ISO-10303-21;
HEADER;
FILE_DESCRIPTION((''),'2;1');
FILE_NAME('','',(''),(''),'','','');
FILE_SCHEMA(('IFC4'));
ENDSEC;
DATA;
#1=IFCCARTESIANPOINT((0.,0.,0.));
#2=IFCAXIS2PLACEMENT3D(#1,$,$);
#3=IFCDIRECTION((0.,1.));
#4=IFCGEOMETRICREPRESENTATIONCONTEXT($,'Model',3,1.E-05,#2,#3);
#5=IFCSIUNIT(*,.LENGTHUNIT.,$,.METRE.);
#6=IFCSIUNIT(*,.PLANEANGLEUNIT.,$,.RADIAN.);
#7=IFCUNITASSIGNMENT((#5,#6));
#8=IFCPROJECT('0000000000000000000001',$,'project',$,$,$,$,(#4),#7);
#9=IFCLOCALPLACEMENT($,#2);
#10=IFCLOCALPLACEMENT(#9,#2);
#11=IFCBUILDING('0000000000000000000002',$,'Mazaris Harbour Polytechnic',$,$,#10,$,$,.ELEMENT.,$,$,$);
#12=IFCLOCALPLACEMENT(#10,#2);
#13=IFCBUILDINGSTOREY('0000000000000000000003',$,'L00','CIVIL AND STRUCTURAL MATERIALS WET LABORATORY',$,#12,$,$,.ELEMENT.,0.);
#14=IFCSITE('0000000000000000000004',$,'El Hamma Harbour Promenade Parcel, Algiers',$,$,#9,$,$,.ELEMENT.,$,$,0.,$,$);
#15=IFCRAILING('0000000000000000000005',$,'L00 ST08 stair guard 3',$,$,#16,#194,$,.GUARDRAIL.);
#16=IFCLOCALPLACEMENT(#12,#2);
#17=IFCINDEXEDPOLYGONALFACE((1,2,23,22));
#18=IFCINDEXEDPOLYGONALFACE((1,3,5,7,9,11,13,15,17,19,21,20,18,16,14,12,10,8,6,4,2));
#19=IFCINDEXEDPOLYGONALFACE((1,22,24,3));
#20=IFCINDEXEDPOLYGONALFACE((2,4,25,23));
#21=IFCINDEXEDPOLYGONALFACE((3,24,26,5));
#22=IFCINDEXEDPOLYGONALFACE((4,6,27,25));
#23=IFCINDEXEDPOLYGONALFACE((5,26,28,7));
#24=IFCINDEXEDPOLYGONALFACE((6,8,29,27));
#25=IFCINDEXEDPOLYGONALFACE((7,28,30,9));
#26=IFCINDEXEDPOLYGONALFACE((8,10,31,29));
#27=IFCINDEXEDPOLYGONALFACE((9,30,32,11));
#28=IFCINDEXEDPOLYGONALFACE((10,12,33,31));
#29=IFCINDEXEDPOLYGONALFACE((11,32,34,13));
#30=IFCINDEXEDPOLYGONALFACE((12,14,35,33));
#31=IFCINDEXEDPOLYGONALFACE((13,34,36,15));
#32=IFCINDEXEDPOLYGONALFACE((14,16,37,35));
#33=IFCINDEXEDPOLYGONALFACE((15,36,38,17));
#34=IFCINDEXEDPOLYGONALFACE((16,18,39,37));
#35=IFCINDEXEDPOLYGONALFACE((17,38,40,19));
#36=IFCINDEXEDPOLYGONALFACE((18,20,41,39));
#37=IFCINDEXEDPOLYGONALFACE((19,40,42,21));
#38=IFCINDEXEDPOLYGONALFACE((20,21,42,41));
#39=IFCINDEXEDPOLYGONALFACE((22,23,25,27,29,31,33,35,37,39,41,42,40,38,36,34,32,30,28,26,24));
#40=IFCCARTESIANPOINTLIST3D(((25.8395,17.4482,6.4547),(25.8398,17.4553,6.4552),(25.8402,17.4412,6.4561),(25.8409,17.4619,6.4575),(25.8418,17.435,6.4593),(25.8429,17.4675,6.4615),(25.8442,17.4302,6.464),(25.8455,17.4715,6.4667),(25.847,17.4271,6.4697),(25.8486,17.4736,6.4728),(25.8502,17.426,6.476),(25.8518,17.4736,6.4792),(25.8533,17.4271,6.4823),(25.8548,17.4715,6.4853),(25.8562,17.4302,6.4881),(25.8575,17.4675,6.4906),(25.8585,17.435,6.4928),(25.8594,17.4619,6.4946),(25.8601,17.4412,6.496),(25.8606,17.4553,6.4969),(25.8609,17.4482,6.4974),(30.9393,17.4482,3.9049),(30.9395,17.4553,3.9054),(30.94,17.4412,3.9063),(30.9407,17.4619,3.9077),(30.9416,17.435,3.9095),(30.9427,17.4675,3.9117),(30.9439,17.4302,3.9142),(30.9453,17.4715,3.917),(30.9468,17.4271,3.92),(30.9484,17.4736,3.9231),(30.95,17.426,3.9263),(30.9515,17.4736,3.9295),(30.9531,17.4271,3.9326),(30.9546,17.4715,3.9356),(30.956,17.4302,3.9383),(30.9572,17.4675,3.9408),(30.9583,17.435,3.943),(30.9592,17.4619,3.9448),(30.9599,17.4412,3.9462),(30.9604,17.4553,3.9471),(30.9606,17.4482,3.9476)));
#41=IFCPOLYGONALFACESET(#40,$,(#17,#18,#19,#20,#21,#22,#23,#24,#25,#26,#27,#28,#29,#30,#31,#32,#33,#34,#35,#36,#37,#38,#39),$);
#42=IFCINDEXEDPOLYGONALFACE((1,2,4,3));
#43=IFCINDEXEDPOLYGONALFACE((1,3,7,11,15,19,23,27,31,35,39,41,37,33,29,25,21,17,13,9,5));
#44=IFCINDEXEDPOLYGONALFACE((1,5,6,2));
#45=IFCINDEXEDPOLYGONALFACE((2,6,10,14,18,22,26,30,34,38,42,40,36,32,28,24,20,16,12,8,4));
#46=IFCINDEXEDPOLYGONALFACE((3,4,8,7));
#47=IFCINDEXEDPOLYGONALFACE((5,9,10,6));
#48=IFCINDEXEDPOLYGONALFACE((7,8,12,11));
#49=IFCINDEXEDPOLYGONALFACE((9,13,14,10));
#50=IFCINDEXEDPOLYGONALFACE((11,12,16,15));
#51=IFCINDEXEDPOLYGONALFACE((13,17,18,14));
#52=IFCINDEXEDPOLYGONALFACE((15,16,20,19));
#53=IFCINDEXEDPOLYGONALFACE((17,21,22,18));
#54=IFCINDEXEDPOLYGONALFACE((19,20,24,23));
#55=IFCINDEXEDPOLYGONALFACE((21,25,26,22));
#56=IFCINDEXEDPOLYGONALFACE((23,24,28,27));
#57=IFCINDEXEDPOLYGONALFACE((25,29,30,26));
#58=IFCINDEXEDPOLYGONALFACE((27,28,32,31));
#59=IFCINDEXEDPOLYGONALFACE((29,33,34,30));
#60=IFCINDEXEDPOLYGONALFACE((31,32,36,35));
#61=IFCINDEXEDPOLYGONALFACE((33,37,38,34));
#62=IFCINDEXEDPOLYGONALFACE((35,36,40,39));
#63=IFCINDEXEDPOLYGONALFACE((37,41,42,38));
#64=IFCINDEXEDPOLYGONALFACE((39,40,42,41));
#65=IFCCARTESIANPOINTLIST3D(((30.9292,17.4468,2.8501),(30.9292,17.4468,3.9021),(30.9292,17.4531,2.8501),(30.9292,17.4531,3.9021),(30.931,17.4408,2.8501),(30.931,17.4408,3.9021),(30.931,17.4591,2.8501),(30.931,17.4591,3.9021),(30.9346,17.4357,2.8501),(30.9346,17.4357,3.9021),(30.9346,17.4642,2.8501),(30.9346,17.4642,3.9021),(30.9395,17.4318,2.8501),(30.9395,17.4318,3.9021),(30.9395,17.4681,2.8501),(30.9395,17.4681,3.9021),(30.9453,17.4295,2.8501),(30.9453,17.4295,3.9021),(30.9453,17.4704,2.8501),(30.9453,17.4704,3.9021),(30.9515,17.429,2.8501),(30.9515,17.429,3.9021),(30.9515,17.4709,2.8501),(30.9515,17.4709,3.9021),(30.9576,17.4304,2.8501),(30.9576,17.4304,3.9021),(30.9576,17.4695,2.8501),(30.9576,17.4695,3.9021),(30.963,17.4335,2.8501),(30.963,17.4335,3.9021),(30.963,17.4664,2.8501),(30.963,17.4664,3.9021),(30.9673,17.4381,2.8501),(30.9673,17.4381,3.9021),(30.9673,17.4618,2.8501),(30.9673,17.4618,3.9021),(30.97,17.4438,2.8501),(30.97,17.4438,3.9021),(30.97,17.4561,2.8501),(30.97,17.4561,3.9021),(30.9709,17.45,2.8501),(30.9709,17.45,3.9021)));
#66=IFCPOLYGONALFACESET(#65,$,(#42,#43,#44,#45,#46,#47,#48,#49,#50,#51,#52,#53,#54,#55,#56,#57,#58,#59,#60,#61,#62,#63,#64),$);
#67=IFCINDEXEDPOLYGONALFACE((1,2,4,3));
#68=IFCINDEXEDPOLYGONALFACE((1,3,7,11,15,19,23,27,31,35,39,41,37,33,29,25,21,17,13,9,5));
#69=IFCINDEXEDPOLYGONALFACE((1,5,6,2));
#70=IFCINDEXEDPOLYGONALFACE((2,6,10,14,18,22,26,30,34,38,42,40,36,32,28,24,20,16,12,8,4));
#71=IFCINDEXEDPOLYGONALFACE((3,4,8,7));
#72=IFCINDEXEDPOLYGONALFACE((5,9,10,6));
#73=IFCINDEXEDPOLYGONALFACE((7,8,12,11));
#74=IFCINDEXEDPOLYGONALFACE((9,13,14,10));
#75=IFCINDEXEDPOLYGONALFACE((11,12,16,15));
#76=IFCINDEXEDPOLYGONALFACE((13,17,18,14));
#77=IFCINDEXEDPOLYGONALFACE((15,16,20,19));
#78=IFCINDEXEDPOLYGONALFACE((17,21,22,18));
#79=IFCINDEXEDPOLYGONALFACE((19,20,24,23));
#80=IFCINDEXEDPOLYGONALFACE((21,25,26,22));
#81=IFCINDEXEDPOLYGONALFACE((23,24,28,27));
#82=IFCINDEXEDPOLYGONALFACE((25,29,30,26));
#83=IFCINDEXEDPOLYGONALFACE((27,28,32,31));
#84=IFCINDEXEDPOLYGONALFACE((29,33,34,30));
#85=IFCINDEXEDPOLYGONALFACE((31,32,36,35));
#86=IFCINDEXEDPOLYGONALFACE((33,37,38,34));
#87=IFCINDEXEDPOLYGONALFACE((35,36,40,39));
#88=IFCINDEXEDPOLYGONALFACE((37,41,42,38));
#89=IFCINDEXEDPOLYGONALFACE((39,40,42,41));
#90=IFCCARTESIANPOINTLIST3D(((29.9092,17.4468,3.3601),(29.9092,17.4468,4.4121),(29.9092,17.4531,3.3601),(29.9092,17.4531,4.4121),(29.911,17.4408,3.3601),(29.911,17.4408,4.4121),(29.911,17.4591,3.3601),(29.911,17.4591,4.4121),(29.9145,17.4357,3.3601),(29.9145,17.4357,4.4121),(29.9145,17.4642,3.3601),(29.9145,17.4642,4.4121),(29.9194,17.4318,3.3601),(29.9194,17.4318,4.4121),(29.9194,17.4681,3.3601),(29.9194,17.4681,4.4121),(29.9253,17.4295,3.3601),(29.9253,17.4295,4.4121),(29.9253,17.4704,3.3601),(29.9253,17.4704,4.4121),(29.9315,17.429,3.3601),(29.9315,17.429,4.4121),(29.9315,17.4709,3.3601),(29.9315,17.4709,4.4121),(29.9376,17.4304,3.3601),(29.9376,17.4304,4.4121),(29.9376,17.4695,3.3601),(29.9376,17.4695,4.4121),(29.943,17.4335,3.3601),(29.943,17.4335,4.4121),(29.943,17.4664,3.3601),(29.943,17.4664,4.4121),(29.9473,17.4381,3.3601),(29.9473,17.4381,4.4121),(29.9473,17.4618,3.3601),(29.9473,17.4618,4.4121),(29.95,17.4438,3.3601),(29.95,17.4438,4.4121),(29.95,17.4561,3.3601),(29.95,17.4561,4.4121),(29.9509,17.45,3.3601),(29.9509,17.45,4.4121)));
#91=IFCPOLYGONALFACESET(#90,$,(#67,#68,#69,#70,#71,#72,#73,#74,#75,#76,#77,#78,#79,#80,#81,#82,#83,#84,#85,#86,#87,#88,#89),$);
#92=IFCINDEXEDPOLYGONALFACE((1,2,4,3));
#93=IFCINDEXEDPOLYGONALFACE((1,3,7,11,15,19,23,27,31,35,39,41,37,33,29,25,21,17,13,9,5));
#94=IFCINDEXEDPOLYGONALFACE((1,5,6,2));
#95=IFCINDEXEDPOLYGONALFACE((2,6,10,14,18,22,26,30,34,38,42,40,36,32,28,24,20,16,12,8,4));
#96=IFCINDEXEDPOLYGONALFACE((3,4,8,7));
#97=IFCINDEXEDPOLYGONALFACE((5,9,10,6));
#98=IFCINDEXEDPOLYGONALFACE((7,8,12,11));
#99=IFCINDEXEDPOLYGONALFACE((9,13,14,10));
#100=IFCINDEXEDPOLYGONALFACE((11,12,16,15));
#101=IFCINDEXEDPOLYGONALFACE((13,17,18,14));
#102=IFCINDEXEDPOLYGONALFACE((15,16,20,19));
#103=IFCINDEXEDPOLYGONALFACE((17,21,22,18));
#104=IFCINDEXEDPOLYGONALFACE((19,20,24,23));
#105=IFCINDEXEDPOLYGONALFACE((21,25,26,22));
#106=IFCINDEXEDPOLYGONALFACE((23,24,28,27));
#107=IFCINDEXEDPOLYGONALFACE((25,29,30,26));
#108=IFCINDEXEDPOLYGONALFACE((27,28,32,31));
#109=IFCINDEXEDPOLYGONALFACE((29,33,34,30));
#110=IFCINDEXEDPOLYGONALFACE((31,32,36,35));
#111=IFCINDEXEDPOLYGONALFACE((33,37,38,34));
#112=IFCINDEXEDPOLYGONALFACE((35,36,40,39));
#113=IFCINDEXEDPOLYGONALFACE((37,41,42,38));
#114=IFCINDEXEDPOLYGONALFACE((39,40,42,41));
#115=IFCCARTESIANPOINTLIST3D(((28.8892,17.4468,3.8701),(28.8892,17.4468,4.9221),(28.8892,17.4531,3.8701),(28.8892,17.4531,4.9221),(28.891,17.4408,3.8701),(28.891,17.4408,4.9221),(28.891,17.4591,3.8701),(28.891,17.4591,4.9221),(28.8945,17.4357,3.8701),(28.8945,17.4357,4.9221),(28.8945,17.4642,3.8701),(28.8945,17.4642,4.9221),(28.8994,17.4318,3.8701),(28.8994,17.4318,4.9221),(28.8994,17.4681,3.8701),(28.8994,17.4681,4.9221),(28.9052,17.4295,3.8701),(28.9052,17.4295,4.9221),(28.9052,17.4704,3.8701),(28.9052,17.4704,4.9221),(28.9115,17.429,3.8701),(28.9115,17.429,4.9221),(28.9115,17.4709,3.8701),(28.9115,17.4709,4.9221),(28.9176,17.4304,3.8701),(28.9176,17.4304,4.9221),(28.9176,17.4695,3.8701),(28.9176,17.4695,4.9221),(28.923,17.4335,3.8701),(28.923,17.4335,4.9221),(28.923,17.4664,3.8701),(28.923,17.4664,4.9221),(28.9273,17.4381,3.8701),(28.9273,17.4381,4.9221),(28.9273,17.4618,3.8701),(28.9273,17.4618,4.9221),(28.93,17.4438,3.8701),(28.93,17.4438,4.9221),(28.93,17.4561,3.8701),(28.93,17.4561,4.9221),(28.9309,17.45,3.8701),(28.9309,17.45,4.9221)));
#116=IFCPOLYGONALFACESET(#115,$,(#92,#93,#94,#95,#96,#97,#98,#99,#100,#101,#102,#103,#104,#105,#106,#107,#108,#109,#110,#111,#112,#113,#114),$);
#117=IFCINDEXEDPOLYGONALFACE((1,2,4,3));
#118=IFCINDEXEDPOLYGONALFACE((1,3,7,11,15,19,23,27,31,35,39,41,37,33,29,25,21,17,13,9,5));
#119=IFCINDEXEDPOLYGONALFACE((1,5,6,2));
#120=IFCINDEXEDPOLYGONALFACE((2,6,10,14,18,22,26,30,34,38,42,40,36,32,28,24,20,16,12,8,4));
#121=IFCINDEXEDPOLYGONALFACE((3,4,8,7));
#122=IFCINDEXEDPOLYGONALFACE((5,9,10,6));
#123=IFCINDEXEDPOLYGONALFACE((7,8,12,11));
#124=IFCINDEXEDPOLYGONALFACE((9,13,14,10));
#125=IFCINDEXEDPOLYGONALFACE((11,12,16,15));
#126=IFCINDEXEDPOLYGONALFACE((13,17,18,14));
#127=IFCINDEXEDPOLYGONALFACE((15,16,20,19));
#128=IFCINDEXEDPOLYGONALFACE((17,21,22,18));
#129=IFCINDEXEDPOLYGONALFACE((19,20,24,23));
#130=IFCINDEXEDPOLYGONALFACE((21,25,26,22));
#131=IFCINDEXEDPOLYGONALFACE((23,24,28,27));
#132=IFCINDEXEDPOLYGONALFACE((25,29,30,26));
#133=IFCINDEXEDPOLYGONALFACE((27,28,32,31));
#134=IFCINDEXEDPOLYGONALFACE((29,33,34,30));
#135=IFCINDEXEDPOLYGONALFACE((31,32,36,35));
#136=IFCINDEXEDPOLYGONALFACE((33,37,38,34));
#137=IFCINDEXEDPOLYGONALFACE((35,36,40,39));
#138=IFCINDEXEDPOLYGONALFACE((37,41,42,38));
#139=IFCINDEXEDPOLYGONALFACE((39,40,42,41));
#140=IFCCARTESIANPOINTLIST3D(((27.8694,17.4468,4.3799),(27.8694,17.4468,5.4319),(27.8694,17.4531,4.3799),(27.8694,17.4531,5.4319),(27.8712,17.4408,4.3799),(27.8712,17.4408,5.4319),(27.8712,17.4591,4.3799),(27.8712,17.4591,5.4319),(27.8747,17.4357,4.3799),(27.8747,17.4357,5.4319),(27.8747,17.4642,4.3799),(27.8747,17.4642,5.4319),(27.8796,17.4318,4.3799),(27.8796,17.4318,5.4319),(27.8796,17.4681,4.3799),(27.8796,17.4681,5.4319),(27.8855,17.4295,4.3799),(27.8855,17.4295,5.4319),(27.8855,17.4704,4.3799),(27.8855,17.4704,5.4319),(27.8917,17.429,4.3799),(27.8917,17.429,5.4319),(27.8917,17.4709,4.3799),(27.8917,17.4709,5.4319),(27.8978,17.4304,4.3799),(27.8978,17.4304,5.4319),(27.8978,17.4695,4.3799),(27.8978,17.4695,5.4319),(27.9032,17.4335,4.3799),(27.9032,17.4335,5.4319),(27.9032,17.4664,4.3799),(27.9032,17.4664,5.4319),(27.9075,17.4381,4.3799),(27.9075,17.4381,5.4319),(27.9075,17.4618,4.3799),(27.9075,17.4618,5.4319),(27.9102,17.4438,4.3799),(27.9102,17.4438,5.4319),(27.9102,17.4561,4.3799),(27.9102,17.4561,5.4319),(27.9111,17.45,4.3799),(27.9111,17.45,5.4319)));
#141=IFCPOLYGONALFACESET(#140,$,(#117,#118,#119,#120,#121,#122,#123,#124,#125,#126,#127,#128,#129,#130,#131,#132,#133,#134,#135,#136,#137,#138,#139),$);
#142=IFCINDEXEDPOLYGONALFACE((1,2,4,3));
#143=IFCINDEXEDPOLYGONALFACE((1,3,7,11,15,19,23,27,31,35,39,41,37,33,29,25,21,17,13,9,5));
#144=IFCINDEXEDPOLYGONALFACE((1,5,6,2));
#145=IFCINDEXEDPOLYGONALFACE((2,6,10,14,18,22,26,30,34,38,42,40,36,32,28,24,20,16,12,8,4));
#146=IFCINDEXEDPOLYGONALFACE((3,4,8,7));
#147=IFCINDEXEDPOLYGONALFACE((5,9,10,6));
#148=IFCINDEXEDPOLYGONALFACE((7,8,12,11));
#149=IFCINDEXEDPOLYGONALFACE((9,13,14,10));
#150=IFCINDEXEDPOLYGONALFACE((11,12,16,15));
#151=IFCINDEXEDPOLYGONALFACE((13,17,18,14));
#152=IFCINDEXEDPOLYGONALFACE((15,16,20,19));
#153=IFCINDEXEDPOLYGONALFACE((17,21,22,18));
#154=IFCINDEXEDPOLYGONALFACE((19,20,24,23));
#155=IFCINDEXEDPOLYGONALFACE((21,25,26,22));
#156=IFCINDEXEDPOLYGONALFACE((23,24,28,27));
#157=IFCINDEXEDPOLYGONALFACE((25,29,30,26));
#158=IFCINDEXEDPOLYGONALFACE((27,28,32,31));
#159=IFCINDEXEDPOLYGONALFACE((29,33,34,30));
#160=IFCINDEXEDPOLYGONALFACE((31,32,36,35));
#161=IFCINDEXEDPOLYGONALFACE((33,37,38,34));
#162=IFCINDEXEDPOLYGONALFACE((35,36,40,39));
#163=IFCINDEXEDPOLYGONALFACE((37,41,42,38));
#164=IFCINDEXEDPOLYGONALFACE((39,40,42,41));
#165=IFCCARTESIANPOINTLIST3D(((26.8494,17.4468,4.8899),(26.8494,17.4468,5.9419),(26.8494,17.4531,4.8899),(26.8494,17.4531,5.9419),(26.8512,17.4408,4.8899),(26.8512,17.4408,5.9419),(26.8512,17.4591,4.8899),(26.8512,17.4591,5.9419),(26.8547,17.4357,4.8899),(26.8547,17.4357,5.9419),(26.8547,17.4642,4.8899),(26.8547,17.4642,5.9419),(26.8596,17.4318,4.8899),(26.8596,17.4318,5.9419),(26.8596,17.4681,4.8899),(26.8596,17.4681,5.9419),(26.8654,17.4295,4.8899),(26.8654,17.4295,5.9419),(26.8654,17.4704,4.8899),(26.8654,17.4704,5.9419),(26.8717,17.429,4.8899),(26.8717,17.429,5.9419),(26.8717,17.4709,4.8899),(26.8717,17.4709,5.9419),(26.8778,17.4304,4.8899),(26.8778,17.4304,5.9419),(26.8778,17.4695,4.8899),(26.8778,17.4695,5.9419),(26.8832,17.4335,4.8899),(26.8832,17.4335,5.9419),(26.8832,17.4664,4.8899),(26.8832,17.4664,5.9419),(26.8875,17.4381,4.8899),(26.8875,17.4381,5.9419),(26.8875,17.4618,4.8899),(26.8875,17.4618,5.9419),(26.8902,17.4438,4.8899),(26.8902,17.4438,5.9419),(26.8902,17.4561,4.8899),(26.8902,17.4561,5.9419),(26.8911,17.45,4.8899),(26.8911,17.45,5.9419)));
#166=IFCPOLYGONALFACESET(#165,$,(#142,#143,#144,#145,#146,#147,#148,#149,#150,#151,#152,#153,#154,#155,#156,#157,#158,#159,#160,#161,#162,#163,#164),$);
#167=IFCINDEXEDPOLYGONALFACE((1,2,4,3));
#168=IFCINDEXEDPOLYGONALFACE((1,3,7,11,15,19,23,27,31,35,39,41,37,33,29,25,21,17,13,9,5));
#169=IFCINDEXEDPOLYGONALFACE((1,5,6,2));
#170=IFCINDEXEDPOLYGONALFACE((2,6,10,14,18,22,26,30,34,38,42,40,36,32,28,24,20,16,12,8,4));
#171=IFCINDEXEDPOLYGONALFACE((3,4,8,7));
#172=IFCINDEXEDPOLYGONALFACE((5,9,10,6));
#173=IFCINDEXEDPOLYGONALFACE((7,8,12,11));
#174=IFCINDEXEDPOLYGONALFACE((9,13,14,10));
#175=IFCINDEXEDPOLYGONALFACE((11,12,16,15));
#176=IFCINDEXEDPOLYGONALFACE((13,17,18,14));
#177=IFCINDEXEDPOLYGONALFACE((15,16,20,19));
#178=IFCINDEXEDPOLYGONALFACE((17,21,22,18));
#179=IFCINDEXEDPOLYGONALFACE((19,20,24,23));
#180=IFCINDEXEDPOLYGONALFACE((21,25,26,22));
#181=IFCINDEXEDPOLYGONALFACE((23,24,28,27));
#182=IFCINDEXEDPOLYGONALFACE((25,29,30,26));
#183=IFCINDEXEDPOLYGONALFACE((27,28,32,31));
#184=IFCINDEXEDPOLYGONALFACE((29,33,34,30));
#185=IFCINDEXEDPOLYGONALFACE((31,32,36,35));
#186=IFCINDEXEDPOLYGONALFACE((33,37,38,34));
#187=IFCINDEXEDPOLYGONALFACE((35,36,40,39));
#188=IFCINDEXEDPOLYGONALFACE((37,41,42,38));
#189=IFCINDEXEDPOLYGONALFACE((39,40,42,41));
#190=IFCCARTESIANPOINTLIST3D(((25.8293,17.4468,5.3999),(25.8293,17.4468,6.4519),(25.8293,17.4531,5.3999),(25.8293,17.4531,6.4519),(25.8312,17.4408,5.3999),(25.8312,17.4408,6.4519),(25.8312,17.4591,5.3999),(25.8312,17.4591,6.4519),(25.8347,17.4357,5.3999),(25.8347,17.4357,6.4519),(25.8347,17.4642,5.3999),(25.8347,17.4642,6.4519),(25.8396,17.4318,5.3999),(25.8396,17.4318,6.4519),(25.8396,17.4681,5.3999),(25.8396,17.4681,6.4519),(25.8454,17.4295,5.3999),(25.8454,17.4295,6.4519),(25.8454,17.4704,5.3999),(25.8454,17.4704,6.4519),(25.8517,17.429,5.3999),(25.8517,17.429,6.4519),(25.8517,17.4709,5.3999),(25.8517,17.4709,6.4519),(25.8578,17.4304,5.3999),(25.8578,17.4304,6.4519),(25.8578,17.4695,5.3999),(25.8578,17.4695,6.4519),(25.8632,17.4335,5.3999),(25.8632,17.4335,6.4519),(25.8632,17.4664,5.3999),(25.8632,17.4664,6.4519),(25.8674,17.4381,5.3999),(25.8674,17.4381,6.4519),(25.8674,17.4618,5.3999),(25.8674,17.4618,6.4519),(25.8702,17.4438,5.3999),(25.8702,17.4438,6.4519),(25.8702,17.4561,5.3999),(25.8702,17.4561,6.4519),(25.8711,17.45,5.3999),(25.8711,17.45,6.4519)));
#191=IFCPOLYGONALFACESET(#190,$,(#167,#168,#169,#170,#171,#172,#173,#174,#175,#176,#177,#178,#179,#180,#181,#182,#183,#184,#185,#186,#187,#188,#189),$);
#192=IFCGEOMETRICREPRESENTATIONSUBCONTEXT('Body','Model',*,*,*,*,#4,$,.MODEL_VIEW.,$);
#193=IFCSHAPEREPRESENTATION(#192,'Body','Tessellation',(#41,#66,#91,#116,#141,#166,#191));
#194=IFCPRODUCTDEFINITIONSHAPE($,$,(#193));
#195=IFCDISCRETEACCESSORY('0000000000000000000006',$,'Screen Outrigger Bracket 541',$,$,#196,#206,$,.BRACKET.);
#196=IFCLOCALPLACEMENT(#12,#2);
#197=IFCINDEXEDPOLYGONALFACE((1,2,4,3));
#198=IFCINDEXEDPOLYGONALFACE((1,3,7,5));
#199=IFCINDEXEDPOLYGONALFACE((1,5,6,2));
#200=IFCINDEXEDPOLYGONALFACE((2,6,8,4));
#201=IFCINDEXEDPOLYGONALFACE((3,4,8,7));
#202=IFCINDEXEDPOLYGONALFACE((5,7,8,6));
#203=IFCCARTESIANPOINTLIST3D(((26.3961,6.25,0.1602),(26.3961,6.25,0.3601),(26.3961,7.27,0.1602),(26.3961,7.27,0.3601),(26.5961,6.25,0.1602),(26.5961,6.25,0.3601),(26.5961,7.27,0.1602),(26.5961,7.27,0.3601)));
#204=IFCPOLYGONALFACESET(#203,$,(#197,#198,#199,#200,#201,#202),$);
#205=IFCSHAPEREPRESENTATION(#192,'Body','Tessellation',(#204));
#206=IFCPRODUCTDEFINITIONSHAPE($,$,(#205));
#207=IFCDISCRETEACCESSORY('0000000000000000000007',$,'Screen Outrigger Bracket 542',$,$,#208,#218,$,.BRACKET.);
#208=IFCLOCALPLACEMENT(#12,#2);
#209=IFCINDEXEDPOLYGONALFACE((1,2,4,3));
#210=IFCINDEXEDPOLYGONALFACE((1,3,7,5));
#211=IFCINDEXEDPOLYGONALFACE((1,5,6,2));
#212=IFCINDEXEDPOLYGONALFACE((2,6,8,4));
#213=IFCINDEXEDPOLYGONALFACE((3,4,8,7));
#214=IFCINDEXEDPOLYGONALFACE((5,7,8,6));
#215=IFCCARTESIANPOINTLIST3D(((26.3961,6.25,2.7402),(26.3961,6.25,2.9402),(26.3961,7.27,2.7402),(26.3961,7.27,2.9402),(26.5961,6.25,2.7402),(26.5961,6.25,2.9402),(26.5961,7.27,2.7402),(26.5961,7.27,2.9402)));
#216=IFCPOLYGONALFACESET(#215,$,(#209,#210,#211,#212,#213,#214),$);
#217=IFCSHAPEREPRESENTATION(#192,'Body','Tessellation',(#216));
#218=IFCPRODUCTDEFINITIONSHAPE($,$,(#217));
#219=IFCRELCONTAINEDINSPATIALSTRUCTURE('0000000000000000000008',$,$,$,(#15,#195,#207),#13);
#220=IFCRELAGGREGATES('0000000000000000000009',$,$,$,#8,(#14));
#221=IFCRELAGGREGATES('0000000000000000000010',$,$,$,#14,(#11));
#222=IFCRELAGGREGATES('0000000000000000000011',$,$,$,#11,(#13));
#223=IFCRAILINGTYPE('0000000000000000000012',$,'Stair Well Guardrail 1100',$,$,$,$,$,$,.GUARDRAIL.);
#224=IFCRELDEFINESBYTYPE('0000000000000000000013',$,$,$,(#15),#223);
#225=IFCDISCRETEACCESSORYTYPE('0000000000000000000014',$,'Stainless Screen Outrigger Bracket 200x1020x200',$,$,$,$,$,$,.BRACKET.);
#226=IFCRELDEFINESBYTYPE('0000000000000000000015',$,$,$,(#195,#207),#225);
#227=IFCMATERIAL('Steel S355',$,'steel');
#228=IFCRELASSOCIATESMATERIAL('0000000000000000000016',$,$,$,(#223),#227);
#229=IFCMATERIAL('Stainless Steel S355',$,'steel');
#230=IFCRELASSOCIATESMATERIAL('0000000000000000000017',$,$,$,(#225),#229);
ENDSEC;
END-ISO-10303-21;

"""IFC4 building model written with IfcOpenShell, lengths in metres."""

from ifc_helpers import new_model, si_unit, direction, frame, origin, origin_2d, place, context, subcontext, project, spatial, rectangle, circle, extrude, material, type_object, element, save


model = new_model("IFC4")

# Units and contexts
model_context = context("Model", 3, precision=1e-05, world=origin(), true_north=direction((0.0, 1.0)))
body_context = subcontext(model_context, "Body", "Model", "MODEL_VIEW")
ifc_project = project(units=[si_unit("LENGTHUNIT", "METRE"), si_unit("PLANEANGLEUNIT", "RADIAN")], contexts=[model_context])

# Site, building, storey
site_placement = place(None, origin())
site = spatial("IfcSite", under=ifc_project, at=site_placement, Name="El Hamma Harbour Promenade Parcel, Algiers", CompositionType="ELEMENT", RefElevation=0.0)
building_placement = place(site_placement, origin())
building = spatial("IfcBuilding", under=site, at=building_placement, Name="Mazaris Harbour Polytechnic", CompositionType="ELEMENT")
storey_placement = place(building_placement, origin())
storey = spatial("IfcBuildingStorey", under=building, at=storey_placement, Name="L00", Description="CIVIL AND STRUCTURAL MATERIALS WET LABORATORY", CompositionType="ELEMENT", Elevation=0.0)

# Railing
ifc_material_1 = material(Name="Steel S355", Category="steel")
railing_type_1 = type_object("IfcRailingType", Name="Stair Well Guardrail 1100", PredefinedType="GUARDRAIL", material=ifc_material_1)
railing_1_placement = place(storey_placement, frame((30.95, 17.45, 2.8501)))
element("IfcRailing", 1, at=railing_1_placement, inside=storey, type_object=railing_type_1, Name="L00 ST08 stair guard 3", PredefinedType="GUARDRAIL", context=body_context, shape_type="SweptSolid", body=[
    extrude(circle(Radius=0.0239, at=origin_2d()), frame((0.0, 0.0, 1.0762), z_axis=(-0.894436, 0.0, 0.447196), x_axis=(0.0, -1.0, 0.0)), (0.0, 0.0, 1.0), 5.7017),
    extrude(circle(Radius=0.021, at=origin_2d()), origin(), (0.0, 0.0, 1.0), 1.052),
    extrude(circle(Radius=0.021, at=origin_2d()), frame((-1.02, 0.0, 0.51)), (0.0, 0.0, 1.0), 1.052),
    extrude(circle(Radius=0.021, at=origin_2d()), frame((-2.04, 0.0, 1.02)), (0.0, 0.0, 1.0), 1.052),
    extrude(circle(Radius=0.021, at=origin_2d()), frame((-3.0598, 0.0, 1.5298)), (0.0, 0.0, 1.0), 1.052),
    extrude(circle(Radius=0.021, at=origin_2d()), frame((-4.0798, 0.0, 2.0398)), (0.0, 0.0, 1.0), 1.052),
    extrude(circle(Radius=0.021, at=origin_2d()), frame((-5.0999, 0.0, 2.5498)), (0.0, 0.0, 1.0), 1.052),
])

# Discrete accessories
ifc_material_2 = material(Name="Stainless Steel S355", Category="steel")
discrete_accessory_type = type_object("IfcDiscreteAccessoryType", Name="Stainless Screen Outrigger Bracket 200x1020x200", PredefinedType="BRACKET", material=ifc_material_2)
for number, where, z_axis, x_axis, name in (
    (2, (26.4961, 6.76, 0.1602), (0.0, 0.0, 1.0), (-1.0, 0.0, 0.0), "Screen Outrigger Bracket 541"),
    (3, (26.4961, 6.76, 2.7402), (0.0, 0.0, 1.0), (-1.0, 0.0, 0.0), "Screen Outrigger Bracket 542"),
):
    element("IfcDiscreteAccessory", number, at=place(storey_placement, frame(where, z_axis=z_axis, x_axis=x_axis)), inside=storey, type_object=discrete_accessory_type, Name=name, PredefinedType="BRACKET", context=body_context, shape_type="SweptSolid", body=[
        extrude(rectangle(XDim=0.2, YDim=1.02, at=origin_2d()), origin(), (0.0, 0.0, 1.0), 0.2),
    ])

save(model, "model.ifc")
